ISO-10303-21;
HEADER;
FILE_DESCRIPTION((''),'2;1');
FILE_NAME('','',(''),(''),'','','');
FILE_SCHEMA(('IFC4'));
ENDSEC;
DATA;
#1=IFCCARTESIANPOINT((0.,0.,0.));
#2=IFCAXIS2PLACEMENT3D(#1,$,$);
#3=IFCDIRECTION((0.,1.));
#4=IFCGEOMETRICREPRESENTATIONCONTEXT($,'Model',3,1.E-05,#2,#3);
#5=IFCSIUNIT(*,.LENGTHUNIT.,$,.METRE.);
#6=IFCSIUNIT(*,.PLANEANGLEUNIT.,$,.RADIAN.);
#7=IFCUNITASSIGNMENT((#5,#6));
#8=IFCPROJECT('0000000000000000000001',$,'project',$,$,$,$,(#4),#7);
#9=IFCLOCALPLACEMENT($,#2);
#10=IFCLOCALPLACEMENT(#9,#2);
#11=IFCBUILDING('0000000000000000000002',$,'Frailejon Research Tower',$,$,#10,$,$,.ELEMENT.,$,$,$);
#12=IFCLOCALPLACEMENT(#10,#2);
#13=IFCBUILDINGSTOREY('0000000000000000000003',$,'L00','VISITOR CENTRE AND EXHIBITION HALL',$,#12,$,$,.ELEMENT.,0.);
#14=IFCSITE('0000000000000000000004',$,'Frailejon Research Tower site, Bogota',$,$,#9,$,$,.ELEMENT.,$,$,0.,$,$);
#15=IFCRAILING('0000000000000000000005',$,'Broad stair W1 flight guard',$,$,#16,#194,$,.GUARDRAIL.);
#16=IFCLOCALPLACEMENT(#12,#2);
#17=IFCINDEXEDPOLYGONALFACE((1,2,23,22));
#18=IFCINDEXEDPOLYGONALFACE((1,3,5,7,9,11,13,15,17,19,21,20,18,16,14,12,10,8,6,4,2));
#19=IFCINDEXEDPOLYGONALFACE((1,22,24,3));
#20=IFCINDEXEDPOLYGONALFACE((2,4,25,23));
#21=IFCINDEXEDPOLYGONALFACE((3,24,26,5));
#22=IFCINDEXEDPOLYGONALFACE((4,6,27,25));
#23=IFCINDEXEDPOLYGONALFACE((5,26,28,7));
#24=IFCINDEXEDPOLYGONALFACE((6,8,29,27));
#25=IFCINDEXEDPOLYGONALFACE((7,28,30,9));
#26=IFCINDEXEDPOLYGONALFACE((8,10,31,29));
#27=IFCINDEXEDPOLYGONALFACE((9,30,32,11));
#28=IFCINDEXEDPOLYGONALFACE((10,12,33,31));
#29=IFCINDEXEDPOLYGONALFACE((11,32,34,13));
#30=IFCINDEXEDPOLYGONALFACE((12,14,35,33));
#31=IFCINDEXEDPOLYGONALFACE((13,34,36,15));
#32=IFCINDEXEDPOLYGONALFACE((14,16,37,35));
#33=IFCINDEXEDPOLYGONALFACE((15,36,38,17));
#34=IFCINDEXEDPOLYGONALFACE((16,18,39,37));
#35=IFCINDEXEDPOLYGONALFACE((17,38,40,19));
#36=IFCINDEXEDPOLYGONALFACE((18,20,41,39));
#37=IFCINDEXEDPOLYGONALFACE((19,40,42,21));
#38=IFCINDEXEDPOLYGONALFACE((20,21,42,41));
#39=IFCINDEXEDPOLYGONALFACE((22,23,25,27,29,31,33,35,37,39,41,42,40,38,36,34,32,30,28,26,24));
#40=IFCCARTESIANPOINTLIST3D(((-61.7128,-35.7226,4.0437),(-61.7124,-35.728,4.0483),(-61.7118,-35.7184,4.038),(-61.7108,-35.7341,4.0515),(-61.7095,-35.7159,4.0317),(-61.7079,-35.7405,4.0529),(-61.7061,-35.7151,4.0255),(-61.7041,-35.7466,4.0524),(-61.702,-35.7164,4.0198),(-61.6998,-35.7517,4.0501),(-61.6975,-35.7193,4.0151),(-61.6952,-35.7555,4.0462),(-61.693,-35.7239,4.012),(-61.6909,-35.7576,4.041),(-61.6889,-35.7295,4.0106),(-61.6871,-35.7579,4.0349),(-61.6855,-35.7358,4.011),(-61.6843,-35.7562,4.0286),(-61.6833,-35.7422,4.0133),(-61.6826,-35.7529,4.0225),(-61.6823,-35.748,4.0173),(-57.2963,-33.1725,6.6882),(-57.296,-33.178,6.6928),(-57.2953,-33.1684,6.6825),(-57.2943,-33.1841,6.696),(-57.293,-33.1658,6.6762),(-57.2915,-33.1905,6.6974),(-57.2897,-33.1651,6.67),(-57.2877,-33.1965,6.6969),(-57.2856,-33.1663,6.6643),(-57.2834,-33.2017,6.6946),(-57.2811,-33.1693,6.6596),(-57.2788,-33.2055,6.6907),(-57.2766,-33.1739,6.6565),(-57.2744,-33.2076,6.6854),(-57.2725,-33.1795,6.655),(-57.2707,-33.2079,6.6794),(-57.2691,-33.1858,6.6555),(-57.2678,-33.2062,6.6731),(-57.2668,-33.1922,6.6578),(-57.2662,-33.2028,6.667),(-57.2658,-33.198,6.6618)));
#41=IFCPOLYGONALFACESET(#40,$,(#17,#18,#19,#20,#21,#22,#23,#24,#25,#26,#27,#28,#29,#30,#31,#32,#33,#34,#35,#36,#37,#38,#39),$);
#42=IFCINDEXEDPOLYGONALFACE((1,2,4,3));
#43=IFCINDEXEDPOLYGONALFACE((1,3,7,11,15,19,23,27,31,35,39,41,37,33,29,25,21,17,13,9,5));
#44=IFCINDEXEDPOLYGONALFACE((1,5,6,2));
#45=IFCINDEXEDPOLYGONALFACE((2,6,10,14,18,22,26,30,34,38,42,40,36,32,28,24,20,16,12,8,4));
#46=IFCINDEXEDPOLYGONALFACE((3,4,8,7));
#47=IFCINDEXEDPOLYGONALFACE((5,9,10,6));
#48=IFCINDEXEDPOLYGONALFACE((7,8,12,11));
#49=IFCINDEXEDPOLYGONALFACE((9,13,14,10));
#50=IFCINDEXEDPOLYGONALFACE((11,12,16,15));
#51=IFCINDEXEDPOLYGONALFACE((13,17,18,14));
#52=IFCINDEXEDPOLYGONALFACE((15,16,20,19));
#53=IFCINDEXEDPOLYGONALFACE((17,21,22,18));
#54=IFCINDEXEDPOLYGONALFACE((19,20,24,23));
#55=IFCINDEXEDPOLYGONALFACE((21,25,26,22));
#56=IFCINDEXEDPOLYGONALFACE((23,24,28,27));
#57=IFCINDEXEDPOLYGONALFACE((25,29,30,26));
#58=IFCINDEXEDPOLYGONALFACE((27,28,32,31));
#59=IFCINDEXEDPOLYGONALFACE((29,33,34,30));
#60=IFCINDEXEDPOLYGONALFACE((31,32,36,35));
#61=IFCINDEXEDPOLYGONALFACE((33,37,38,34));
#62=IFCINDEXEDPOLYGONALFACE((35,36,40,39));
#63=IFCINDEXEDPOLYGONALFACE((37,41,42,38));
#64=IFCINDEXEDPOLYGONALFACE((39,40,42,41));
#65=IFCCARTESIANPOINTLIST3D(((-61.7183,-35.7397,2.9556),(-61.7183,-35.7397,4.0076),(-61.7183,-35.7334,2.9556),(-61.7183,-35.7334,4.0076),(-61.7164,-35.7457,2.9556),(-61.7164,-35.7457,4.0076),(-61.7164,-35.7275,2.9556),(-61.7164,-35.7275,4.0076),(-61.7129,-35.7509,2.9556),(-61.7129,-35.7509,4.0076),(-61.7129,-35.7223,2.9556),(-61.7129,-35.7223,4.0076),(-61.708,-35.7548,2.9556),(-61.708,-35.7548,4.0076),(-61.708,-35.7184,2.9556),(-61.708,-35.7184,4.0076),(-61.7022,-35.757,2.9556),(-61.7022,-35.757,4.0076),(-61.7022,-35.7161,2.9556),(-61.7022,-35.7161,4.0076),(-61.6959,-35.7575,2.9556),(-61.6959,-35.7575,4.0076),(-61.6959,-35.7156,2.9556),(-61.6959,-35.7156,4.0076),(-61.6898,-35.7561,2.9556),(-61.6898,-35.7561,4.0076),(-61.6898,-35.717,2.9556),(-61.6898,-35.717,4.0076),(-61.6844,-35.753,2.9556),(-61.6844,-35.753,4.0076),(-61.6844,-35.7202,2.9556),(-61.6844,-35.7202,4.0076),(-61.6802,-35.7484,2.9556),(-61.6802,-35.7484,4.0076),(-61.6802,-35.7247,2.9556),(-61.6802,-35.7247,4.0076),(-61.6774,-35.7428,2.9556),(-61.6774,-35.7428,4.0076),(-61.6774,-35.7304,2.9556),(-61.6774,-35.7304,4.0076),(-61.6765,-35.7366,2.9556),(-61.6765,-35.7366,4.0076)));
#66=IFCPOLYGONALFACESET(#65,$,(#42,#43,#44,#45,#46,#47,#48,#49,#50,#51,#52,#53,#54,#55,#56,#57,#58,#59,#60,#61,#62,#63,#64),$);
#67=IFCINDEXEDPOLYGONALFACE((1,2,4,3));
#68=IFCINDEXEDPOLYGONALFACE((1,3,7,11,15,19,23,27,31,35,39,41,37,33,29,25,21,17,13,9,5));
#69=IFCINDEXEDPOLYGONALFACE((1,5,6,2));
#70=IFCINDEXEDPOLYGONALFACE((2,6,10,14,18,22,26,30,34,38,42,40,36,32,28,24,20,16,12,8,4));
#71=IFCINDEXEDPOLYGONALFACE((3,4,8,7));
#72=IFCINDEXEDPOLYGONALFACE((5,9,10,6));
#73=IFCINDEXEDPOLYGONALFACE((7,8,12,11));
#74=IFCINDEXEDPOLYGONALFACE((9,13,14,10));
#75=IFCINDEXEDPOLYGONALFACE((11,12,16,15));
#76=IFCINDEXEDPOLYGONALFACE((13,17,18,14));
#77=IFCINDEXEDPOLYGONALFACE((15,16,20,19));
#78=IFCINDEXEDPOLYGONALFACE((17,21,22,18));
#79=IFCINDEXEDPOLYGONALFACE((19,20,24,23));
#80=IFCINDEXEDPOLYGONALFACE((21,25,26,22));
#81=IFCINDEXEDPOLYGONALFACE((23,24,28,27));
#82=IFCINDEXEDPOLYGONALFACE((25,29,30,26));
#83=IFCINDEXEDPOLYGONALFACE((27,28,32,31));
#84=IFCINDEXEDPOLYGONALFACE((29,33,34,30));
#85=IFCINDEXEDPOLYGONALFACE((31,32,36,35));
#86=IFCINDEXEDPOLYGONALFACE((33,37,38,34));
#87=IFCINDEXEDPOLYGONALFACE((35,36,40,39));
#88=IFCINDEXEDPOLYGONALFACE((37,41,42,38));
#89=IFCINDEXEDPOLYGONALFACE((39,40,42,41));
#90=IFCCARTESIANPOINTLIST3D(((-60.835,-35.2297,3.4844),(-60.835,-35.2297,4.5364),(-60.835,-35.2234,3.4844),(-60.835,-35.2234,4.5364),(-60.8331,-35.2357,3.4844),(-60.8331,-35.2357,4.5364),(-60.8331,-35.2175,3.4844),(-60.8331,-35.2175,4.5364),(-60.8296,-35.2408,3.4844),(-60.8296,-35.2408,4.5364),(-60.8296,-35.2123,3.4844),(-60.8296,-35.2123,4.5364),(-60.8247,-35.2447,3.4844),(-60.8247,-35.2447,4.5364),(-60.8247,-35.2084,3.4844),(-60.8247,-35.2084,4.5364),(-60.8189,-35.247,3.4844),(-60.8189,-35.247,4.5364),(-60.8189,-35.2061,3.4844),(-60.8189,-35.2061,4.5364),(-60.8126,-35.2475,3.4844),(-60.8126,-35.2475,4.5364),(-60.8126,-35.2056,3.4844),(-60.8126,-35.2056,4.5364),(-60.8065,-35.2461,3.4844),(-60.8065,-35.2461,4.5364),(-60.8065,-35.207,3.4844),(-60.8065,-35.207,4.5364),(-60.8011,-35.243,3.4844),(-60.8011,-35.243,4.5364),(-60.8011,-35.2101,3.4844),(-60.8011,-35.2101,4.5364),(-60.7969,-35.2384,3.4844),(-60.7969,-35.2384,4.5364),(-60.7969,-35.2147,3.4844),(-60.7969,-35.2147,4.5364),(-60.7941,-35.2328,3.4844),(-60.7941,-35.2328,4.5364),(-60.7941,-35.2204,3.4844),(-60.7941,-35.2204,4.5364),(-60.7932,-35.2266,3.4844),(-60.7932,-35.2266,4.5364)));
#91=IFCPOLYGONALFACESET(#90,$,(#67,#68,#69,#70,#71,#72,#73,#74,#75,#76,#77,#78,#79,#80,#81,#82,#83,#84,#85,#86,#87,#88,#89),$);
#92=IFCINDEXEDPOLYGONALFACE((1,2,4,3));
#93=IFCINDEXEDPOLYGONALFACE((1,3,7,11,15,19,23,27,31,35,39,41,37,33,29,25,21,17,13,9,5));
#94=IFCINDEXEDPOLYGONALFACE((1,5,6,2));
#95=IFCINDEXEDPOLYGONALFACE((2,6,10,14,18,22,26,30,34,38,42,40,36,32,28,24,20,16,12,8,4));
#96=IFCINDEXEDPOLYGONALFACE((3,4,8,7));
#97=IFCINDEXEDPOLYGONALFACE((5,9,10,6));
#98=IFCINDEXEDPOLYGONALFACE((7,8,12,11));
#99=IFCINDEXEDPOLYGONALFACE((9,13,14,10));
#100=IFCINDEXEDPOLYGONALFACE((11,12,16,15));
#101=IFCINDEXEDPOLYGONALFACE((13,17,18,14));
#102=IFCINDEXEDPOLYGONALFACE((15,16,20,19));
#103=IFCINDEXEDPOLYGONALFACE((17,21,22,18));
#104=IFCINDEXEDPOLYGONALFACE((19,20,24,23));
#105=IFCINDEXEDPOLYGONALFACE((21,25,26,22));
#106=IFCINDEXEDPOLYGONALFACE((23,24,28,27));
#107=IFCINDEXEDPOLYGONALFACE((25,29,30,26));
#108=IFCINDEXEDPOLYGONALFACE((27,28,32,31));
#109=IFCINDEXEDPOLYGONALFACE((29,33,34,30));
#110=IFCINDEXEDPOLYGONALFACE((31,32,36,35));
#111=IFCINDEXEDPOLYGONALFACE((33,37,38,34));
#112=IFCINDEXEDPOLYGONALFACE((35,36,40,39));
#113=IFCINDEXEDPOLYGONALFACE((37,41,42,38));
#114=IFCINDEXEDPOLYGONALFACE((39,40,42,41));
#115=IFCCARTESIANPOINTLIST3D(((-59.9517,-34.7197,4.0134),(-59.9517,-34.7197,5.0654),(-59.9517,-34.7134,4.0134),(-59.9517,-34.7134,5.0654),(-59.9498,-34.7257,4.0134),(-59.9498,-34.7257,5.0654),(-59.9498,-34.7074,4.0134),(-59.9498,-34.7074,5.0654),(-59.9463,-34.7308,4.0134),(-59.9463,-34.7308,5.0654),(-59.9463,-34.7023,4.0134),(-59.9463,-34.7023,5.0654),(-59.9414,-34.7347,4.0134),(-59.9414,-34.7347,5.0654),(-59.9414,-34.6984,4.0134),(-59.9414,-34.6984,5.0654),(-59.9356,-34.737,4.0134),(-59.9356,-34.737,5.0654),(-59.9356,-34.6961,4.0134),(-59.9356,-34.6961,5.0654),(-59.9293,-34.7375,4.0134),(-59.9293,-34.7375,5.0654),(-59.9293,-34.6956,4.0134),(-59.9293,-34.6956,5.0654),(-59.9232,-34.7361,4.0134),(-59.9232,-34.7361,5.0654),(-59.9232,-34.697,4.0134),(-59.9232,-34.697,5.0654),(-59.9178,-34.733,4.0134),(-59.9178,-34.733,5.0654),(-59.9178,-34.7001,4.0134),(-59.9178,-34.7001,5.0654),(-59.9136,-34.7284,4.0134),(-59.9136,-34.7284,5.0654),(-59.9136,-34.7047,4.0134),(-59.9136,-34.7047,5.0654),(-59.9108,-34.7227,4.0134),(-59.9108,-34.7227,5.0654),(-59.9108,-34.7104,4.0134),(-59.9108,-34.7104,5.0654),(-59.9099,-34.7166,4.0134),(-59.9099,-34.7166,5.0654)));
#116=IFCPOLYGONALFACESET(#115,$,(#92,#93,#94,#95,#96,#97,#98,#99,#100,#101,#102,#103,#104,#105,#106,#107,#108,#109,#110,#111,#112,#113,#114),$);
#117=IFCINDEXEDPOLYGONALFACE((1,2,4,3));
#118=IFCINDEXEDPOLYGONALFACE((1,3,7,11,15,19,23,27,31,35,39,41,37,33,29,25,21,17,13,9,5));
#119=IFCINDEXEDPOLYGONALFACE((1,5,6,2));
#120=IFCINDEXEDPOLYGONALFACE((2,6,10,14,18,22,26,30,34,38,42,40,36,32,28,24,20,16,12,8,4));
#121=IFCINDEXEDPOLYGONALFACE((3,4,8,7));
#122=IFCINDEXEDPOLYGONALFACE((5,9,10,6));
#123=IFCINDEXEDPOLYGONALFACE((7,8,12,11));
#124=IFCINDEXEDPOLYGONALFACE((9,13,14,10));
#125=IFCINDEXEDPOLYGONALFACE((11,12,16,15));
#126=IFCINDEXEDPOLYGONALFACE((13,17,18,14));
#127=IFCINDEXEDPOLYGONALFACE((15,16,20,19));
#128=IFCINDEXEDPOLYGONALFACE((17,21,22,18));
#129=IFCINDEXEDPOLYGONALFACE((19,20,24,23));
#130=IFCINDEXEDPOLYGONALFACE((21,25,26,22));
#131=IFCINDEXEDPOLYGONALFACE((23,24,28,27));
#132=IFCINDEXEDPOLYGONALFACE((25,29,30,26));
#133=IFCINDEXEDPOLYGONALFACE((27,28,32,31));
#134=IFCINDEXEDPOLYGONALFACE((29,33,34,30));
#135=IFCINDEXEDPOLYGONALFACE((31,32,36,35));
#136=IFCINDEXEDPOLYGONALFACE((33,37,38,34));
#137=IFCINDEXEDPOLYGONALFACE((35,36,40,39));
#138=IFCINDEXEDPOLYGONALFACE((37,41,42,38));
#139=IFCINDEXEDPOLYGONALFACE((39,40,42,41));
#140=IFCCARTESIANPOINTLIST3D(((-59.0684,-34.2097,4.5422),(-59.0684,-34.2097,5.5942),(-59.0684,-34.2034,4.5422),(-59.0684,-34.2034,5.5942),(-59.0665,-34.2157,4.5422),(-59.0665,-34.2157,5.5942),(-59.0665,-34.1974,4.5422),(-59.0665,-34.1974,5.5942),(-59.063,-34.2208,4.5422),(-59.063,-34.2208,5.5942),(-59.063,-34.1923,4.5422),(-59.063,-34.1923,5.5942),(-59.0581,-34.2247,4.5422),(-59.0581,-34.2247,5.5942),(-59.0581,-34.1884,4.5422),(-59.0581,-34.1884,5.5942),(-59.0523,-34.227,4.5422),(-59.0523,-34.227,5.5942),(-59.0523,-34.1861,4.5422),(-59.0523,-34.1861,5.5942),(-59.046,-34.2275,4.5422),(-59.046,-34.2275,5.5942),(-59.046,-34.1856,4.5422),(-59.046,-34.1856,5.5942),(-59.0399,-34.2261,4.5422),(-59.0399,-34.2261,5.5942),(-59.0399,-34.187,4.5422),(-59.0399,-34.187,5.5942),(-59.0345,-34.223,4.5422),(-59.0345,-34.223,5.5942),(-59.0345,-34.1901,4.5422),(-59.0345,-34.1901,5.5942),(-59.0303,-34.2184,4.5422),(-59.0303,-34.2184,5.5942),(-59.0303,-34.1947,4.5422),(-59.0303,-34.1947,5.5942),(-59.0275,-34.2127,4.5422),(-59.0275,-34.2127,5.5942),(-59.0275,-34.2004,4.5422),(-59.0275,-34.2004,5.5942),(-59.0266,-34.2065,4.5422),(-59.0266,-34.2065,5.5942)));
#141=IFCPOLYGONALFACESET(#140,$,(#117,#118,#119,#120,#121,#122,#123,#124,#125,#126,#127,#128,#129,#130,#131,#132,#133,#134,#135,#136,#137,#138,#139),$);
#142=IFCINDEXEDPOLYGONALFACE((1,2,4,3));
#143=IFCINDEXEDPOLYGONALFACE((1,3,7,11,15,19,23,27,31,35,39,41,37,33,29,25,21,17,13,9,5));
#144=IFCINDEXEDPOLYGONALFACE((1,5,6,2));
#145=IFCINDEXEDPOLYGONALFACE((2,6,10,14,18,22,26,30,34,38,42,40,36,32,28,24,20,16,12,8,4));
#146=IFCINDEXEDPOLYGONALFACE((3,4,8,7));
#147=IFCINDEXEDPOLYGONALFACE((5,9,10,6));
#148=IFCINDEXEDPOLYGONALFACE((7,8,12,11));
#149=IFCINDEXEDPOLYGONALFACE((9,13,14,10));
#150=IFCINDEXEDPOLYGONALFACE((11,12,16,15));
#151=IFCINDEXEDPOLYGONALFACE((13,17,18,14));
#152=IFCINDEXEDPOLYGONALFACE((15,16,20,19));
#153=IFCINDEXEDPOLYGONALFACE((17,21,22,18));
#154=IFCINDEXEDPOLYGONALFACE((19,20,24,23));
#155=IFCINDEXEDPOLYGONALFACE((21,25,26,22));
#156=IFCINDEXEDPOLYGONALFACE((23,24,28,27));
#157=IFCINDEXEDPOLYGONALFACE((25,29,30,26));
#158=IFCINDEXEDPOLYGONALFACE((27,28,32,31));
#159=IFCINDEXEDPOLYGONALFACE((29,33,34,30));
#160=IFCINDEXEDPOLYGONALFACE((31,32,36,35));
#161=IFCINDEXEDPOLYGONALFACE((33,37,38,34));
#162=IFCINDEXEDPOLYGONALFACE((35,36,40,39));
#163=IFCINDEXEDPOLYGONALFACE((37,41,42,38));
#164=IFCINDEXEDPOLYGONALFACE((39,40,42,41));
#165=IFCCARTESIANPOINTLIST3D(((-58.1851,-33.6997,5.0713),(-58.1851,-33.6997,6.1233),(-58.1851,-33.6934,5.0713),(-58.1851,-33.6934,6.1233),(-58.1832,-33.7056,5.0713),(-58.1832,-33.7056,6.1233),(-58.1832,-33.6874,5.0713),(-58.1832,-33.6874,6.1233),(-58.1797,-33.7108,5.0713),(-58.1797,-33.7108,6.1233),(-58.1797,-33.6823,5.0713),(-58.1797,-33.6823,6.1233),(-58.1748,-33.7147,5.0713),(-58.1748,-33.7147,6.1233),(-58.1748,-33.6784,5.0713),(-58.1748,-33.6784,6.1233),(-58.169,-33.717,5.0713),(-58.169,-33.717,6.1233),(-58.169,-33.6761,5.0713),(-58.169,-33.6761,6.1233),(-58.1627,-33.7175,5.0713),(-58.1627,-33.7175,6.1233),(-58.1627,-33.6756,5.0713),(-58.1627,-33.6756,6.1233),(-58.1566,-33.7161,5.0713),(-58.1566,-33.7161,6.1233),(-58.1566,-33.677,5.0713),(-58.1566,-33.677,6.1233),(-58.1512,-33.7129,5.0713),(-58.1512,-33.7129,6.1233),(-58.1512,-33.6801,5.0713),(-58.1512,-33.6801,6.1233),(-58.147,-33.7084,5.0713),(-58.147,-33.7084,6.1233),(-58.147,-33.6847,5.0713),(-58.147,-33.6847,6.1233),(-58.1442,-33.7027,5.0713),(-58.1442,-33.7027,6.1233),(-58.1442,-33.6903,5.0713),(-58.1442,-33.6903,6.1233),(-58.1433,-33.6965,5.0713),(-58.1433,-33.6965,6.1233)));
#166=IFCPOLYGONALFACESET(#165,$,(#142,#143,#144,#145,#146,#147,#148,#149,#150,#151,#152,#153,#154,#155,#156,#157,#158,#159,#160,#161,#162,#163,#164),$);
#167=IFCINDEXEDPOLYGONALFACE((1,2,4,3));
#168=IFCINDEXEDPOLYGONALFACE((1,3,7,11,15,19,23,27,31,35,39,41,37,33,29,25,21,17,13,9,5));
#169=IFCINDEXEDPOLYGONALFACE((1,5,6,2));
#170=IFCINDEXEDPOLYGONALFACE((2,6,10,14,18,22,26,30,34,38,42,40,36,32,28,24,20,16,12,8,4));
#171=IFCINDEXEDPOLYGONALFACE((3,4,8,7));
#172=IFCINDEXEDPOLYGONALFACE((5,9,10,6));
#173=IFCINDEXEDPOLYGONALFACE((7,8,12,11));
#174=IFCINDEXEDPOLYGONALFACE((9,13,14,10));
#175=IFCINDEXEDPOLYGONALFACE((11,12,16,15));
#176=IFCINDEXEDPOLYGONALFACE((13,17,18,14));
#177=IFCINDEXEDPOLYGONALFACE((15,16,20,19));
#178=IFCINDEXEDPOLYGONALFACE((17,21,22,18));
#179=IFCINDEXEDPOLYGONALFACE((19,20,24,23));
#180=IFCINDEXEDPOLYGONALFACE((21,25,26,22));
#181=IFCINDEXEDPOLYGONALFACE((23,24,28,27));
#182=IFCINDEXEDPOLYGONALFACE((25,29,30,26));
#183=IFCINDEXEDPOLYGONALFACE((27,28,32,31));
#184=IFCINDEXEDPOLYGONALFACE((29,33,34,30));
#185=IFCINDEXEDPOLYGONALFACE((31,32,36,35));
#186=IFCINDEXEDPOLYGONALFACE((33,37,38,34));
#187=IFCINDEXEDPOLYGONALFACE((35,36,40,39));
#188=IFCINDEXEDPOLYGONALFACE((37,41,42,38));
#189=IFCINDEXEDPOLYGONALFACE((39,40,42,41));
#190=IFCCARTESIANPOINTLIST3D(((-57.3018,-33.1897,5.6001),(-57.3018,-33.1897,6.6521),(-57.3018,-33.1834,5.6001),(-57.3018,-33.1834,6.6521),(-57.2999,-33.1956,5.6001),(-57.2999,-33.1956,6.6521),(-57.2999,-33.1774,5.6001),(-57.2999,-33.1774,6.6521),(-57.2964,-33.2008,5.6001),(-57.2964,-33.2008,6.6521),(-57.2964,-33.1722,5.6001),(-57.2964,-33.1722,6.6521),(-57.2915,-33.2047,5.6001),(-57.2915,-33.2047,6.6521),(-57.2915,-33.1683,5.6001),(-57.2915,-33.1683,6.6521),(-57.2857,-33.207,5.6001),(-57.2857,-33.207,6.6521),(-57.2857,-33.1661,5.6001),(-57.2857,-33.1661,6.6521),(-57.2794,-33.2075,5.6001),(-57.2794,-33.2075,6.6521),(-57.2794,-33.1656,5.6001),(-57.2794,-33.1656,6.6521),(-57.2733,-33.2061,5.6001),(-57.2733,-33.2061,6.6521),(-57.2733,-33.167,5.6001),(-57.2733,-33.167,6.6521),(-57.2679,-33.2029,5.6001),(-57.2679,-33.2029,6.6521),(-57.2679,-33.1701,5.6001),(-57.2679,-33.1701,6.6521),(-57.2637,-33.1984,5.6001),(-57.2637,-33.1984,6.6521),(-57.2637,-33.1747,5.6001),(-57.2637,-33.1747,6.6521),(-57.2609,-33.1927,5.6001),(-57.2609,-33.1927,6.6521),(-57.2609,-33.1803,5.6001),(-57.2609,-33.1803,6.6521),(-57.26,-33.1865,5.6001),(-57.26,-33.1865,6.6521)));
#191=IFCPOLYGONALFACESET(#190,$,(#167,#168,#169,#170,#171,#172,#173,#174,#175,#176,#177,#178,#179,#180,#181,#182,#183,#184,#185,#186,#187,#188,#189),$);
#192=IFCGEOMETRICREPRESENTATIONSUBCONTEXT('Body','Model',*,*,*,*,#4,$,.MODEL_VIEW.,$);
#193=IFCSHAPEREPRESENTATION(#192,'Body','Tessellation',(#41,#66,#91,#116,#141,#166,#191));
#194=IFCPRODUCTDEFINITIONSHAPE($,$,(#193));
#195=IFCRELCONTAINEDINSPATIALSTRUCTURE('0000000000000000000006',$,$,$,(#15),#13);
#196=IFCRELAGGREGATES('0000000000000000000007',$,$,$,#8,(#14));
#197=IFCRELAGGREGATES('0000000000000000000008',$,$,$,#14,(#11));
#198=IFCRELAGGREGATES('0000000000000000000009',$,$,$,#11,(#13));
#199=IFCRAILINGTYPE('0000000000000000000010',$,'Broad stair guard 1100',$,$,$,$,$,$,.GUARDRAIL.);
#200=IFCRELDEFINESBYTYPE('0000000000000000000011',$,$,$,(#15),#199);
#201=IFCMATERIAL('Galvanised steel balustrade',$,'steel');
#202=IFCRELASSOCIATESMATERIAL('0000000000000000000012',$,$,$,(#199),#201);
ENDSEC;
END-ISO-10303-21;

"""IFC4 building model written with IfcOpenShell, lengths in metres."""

from ifc_helpers import new_model, si_unit, direction, frame, origin, origin_2d, place, context, subcontext, project, spatial, circle, extrude, material, type_object, element, save


model = new_model("IFC4")

# Units and contexts
model_context = context("Model", 3, precision=1e-05, world=origin(), true_north=direction((0.0, 1.0)))
body_context = subcontext(model_context, "Body", "Model", "MODEL_VIEW")
ifc_project = project(units=[si_unit("LENGTHUNIT", "METRE"), si_unit("PLANEANGLEUNIT", "RADIAN")], contexts=[model_context])

# Site, building, storey
site_placement = place(None, origin())
site = spatial("IfcSite", under=ifc_project, at=site_placement, Name="Frailejon Research Tower site, Bogota", CompositionType="ELEMENT", RefElevation=0.0)
building_placement = place(site_placement, origin())
building = spatial("IfcBuilding", under=site, at=building_placement, Name="Frailejon Research Tower", CompositionType="ELEMENT")
storey_placement = place(building_placement, origin())
storey = spatial("IfcBuildingStorey", under=building, at=storey_placement, Name="L00", Description="VISITOR CENTRE AND EXHIBITION HALL", CompositionType="ELEMENT", Elevation=0.0)

# Railing
ifc_material_1 = material(Name="Galvanised steel balustrade", Category="steel")
railing_type_1 = type_object("IfcRailingType", Name="Broad stair guard 1100", PredefinedType="GUARDRAIL", material=ifc_material_1)
for number, where, name in (
    (1, (-61.6975, -35.7366, 2.9556), "Broad stair W1 flight guard"),
):
    element("IfcRailing", number, at=place(storey_placement, frame(where)), inside=storey, type_object=railing_type_1, Name=name, PredefinedType="GUARDRAIL", context=body_context, shape_type="SweptSolid", body=[
        extrude(circle(Radius=0.0239, at=origin_2d()), frame((0.0, 0.0, 1.0762), z_axis=(0.768794, 0.443894, 0.460341), x_axis=(-0.500026, 0.86601, 0.0)), (0.0, 0.0, 1.0), 5.7446),
        extrude(circle(Radius=0.021, at=origin_2d()), origin(), (0.0, 0.0, 1.0), 1.052),
        extrude(circle(Radius=0.021, at=origin_2d()), frame((0.8833, 0.51, 0.5288)), (0.0, 0.0, 1.0), 1.052),
        extrude(circle(Radius=0.021, at=origin_2d()), frame((1.7666, 1.02, 1.0579)), (0.0, 0.0, 1.0), 1.052),
        extrude(circle(Radius=0.021, at=origin_2d()), frame((2.6499, 1.53, 1.5867)), (0.0, 0.0, 1.0), 1.052),
        extrude(circle(Radius=0.021, at=origin_2d()), frame((3.5332, 2.04, 2.1157)), (0.0, 0.0, 1.0), 1.052),
        extrude(circle(Radius=0.021, at=origin_2d()), frame((4.4165, 2.55, 2.6445)), (0.0, 0.0, 1.0), 1.052),
    ])

save(model, "model.ifc")
